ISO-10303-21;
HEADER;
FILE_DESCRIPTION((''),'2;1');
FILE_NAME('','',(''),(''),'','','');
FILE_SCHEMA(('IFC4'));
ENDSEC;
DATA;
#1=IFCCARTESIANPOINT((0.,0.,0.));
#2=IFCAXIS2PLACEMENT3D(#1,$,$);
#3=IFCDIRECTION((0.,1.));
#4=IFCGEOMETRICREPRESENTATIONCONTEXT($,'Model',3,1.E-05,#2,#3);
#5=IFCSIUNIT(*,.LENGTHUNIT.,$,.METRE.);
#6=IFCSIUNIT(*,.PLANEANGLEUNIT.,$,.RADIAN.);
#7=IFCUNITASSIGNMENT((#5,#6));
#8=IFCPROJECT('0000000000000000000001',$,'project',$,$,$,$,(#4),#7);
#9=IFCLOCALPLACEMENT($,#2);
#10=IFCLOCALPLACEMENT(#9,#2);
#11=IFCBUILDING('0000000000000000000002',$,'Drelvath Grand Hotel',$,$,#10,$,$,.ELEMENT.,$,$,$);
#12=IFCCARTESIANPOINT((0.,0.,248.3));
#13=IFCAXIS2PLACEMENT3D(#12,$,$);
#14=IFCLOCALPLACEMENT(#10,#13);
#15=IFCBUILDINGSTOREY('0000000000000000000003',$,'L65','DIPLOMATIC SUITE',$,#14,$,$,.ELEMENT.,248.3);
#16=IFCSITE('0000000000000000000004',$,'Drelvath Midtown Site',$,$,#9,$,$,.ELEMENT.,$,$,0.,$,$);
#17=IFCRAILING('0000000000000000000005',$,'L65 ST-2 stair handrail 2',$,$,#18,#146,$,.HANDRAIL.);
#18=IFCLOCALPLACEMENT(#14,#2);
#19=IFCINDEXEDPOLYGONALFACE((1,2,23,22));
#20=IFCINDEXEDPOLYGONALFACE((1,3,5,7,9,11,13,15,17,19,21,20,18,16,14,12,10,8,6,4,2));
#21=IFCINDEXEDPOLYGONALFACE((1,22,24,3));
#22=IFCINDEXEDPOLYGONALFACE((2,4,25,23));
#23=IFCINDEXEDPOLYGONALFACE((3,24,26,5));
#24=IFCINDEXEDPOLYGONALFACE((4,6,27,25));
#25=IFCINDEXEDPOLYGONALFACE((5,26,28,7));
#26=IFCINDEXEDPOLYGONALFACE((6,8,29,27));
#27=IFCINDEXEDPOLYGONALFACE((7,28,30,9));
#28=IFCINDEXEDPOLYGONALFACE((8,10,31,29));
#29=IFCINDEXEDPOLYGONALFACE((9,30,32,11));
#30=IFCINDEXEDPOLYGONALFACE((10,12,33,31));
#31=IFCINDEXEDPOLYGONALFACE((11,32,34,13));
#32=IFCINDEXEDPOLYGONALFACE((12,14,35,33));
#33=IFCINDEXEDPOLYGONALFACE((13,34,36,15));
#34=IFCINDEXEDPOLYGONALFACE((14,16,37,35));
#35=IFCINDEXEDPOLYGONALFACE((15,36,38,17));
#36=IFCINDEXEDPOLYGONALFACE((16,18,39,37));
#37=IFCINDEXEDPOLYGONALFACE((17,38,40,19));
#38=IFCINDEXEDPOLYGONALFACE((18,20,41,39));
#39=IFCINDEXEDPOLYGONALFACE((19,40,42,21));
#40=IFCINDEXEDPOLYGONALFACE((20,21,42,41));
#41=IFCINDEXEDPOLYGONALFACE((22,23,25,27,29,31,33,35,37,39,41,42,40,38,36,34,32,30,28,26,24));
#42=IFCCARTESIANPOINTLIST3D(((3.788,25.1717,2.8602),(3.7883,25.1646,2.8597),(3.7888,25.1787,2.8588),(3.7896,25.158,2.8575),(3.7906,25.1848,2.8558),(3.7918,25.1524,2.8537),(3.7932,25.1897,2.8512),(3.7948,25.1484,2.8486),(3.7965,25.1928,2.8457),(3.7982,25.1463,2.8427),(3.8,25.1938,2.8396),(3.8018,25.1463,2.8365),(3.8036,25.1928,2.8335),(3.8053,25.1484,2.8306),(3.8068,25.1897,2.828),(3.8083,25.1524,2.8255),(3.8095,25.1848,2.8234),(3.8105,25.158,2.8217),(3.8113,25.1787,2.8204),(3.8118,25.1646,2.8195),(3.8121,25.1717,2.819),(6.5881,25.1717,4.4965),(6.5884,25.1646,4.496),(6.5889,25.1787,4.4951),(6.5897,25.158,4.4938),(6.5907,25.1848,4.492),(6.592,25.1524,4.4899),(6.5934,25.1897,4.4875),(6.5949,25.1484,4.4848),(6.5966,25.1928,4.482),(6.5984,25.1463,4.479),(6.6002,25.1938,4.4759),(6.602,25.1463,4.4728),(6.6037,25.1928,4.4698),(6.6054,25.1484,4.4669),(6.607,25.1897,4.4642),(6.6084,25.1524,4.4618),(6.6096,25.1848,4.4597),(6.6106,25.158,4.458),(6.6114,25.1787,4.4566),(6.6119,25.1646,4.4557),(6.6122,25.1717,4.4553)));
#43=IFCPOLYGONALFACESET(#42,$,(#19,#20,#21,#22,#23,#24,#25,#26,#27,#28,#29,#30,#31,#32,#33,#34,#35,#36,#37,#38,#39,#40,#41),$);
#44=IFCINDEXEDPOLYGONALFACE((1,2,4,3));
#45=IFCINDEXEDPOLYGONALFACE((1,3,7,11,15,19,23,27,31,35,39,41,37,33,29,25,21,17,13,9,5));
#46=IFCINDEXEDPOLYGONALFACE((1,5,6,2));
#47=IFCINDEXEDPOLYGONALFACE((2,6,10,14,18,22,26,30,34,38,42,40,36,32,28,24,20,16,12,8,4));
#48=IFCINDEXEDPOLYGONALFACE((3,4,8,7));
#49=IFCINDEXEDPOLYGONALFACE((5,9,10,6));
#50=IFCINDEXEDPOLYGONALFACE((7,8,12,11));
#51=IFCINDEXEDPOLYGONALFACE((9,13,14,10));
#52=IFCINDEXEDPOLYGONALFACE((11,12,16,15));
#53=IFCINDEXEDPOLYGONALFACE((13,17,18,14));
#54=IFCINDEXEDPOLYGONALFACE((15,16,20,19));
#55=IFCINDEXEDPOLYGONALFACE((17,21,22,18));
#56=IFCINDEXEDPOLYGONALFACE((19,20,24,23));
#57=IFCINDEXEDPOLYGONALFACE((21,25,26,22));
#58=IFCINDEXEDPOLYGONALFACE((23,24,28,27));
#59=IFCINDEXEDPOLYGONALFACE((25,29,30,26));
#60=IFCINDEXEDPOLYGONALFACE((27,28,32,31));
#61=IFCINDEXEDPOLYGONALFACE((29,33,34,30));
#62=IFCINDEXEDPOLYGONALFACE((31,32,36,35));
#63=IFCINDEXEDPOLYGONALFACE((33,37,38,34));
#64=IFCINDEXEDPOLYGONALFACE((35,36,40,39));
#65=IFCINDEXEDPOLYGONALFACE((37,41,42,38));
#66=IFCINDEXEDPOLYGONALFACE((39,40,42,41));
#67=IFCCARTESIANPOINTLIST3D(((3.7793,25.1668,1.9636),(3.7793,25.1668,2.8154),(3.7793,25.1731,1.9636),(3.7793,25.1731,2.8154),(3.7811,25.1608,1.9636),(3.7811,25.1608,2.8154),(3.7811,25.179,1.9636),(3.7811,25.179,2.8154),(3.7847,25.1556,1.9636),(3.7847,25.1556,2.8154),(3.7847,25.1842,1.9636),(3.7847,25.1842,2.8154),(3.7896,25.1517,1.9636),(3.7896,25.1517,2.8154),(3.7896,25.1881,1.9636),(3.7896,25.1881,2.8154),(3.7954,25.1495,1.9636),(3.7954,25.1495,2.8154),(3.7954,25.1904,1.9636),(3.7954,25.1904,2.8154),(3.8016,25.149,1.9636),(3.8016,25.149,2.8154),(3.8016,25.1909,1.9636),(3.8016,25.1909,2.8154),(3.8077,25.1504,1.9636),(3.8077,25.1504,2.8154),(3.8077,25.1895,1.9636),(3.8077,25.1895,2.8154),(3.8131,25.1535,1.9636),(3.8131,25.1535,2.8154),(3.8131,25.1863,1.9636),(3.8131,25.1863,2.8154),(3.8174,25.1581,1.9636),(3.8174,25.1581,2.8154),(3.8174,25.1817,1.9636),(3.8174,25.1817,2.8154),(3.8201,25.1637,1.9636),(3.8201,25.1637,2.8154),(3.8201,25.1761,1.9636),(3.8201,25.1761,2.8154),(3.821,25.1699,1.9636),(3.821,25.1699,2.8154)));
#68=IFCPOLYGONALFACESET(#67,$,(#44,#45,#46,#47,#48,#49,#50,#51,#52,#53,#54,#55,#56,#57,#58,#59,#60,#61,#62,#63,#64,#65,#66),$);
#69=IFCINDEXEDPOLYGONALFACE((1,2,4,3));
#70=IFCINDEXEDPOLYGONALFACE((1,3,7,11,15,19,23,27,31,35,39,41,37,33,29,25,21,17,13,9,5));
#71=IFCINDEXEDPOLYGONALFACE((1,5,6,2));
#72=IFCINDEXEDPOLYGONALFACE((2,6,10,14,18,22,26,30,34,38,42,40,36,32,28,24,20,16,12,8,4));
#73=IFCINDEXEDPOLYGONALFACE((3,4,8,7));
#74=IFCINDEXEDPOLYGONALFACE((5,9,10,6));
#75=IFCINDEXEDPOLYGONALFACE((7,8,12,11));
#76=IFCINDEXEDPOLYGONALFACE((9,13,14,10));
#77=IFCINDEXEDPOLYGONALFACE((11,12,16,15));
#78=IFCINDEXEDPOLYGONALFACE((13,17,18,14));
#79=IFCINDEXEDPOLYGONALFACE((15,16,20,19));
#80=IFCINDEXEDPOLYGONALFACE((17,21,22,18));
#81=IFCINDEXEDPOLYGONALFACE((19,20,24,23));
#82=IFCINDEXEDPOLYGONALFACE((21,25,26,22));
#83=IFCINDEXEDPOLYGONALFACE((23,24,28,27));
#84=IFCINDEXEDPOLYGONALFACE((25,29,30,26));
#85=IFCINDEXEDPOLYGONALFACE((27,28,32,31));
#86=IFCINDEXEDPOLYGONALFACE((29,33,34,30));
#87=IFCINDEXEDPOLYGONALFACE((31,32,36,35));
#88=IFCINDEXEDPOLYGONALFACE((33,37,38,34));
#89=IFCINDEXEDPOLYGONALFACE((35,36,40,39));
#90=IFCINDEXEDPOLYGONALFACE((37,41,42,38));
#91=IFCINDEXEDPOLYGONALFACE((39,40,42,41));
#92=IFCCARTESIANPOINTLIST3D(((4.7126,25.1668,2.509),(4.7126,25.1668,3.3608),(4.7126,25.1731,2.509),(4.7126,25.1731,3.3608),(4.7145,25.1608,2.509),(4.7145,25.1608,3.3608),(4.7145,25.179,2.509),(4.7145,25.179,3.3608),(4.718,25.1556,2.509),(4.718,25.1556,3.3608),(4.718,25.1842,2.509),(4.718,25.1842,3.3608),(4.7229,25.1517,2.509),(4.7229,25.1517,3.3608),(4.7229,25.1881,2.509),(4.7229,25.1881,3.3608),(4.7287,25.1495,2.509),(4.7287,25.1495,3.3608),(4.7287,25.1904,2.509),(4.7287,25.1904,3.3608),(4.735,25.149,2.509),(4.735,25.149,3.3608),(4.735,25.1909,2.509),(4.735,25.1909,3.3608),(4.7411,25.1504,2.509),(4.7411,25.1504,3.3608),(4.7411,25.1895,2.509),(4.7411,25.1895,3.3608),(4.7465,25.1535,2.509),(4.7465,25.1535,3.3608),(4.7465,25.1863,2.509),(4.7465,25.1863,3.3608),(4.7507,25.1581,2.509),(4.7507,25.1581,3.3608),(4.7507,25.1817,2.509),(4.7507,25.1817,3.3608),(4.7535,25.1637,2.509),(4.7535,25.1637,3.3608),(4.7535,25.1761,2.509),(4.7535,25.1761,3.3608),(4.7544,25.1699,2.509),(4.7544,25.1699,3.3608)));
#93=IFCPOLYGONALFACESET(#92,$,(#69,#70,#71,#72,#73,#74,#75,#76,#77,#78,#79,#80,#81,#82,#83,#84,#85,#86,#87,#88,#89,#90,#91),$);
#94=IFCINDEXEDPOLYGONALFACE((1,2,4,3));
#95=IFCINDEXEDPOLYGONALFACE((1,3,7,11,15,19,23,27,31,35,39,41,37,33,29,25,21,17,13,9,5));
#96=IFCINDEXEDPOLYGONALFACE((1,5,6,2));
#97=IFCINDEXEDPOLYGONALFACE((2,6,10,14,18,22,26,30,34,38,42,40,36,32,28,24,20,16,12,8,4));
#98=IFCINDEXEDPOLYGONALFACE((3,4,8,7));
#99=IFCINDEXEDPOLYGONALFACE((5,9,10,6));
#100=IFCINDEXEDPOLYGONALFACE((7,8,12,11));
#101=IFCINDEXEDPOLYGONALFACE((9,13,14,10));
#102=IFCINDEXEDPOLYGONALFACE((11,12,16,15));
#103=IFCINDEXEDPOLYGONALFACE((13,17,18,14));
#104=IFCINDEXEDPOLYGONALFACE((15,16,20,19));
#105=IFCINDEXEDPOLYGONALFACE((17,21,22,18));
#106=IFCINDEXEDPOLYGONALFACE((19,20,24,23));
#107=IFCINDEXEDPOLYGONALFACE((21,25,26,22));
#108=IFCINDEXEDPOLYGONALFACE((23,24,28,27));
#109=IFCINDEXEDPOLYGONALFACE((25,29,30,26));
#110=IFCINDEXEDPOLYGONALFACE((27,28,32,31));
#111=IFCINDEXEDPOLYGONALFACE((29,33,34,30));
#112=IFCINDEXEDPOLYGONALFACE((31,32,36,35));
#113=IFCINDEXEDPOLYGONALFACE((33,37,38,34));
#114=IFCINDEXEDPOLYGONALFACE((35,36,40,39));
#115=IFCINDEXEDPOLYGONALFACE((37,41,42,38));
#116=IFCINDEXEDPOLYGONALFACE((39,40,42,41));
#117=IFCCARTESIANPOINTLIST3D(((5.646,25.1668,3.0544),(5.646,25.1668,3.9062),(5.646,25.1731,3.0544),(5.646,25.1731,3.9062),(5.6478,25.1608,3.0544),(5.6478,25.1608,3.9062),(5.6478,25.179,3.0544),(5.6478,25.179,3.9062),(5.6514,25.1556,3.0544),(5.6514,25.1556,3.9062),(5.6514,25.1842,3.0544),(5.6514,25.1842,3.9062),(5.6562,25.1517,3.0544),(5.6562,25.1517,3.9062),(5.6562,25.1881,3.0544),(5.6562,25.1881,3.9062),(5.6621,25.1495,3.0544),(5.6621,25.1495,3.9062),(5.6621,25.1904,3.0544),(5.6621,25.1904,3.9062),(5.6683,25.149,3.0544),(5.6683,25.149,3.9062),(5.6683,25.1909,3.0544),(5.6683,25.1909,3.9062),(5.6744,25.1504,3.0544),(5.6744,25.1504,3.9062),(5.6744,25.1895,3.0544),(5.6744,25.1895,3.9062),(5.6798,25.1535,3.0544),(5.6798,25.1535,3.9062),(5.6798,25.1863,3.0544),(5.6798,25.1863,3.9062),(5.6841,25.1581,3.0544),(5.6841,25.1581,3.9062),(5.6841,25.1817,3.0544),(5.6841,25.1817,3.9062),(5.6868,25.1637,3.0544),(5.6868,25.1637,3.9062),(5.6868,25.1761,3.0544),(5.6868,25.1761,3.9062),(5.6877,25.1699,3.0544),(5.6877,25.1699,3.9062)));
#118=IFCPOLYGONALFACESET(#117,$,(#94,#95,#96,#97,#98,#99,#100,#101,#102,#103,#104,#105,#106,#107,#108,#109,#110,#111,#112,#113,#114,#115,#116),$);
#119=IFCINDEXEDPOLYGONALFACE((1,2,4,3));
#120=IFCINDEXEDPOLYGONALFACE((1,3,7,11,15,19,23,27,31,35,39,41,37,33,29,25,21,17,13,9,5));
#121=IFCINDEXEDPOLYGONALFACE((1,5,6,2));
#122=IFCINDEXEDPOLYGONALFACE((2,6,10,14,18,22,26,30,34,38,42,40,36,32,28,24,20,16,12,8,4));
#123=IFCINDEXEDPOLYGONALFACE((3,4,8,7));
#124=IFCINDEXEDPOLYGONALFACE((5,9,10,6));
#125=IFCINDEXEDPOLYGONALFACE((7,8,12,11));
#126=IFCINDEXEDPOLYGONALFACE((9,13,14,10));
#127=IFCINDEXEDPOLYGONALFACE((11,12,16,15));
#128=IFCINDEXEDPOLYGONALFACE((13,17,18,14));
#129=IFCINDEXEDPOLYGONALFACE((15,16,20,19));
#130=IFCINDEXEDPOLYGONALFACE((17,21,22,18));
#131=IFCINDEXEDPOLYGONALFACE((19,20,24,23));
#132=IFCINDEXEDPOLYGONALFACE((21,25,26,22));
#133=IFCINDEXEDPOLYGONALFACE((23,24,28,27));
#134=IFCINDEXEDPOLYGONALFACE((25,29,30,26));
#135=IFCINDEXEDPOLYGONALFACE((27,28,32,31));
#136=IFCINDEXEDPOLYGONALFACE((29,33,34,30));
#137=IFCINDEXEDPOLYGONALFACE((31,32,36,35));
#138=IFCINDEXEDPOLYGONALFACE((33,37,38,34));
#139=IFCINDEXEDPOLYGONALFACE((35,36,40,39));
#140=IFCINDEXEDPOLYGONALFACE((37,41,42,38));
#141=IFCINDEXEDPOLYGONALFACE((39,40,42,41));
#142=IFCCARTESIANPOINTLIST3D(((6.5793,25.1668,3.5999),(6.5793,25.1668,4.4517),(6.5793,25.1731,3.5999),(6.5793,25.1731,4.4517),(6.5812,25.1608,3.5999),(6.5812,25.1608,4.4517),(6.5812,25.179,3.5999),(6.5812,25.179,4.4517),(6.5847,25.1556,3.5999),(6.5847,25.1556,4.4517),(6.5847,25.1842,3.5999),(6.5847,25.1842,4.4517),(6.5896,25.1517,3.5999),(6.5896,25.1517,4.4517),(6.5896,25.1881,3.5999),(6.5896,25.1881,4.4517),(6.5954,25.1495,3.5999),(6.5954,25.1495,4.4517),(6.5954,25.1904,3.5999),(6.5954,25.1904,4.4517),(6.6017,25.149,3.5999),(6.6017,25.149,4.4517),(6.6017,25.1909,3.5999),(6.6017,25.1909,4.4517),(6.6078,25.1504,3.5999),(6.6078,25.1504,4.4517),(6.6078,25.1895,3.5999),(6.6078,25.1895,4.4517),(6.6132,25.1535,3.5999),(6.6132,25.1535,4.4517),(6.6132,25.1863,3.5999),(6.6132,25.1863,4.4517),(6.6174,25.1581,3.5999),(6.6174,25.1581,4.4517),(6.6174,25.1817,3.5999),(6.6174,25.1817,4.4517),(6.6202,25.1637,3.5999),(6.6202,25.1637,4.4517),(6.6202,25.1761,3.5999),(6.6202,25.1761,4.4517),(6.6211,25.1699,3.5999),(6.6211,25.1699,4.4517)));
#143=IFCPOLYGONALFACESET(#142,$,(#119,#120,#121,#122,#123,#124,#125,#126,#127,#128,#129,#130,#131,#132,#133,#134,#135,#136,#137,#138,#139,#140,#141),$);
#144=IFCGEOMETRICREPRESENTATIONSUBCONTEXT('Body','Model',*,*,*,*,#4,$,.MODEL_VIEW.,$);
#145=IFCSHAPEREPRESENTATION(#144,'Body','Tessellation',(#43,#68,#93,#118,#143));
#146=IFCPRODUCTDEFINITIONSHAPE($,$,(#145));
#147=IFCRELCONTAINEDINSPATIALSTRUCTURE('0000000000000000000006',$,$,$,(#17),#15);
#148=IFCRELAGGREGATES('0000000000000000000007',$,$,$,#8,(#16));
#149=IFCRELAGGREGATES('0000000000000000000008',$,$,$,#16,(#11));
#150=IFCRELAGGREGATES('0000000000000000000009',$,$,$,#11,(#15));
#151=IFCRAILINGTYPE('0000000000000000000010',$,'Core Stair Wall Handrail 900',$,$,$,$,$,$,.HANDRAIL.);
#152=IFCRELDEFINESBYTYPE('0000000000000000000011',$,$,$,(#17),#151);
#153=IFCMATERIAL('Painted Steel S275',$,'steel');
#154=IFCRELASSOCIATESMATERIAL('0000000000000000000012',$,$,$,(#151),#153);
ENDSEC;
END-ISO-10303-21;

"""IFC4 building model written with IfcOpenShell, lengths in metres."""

from ifc_helpers import new_model, si_unit, direction, frame, origin, origin_2d, place, context, subcontext, project, spatial, circle, extrude, material, type_object, element, save


model = new_model("IFC4")

# Units and contexts
model_context = context("Model", 3, precision=1e-05, world=origin(), true_north=direction((0.0, 1.0)))
body_context = subcontext(model_context, "Body", "Model", "MODEL_VIEW")
ifc_project = project(units=[si_unit("LENGTHUNIT", "METRE"), si_unit("PLANEANGLEUNIT", "RADIAN")], contexts=[model_context])

# Site, building, storey
site_placement = place(None, origin())
site = spatial("IfcSite", under=ifc_project, at=site_placement, Name="Drelvath Midtown Site", CompositionType="ELEMENT", RefElevation=0.0)
building_placement = place(site_placement, origin())
building = spatial("IfcBuilding", under=site, at=building_placement, Name="Drelvath Grand Hotel", CompositionType="ELEMENT")
storey_placement = place(building_placement, frame((0.0, 0.0, 248.3)))
storey = spatial("IfcBuildingStorey", under=building, at=storey_placement, Name="L65", Description="DIPLOMATIC SUITE", CompositionType="ELEMENT", Elevation=248.3)

# Railing
ifc_material_1 = material(Name="Painted Steel S275", Category="steel")
railing_type_1 = type_object("IfcRailingType", Name="Core Stair Wall Handrail 900", PredefinedType="HANDRAIL", material=ifc_material_1)
railing_1_placement = place(storey_placement, frame((3.8, 25.1699, 1.9636)))
element("IfcRailing", 1, at=railing_1_placement, inside=storey, type_object=railing_type_1, Name="L65 ST-2 stair handrail 2", PredefinedType="HANDRAIL", context=body_context, shape_type="SweptSolid", body=[
    extrude(circle(Radius=0.0239, at=origin_2d()), frame((0.0, 0.0, 0.876), z_axis=(0.863394, 0.0, 0.504531), x_axis=(0.0, 1.0, 0.0)), (0.0, 0.0, 1.0), 3.2432),
    extrude(circle(Radius=0.021, at=origin_2d()), origin(), (0.0, 0.0, 1.0), 0.8518),
    extrude(circle(Radius=0.021, at=origin_2d()), frame((0.9333, 0.0, 0.5454)), (0.0, 0.0, 1.0), 0.8518),
    extrude(circle(Radius=0.021, at=origin_2d()), frame((1.8667, 0.0, 1.0908)), (0.0, 0.0, 1.0), 0.8518),
    extrude(circle(Radius=0.021, at=origin_2d()), frame((2.8, 0.0, 1.6362)), (0.0, 0.0, 1.0), 0.8518),
])

save(model, "model.ifc")
